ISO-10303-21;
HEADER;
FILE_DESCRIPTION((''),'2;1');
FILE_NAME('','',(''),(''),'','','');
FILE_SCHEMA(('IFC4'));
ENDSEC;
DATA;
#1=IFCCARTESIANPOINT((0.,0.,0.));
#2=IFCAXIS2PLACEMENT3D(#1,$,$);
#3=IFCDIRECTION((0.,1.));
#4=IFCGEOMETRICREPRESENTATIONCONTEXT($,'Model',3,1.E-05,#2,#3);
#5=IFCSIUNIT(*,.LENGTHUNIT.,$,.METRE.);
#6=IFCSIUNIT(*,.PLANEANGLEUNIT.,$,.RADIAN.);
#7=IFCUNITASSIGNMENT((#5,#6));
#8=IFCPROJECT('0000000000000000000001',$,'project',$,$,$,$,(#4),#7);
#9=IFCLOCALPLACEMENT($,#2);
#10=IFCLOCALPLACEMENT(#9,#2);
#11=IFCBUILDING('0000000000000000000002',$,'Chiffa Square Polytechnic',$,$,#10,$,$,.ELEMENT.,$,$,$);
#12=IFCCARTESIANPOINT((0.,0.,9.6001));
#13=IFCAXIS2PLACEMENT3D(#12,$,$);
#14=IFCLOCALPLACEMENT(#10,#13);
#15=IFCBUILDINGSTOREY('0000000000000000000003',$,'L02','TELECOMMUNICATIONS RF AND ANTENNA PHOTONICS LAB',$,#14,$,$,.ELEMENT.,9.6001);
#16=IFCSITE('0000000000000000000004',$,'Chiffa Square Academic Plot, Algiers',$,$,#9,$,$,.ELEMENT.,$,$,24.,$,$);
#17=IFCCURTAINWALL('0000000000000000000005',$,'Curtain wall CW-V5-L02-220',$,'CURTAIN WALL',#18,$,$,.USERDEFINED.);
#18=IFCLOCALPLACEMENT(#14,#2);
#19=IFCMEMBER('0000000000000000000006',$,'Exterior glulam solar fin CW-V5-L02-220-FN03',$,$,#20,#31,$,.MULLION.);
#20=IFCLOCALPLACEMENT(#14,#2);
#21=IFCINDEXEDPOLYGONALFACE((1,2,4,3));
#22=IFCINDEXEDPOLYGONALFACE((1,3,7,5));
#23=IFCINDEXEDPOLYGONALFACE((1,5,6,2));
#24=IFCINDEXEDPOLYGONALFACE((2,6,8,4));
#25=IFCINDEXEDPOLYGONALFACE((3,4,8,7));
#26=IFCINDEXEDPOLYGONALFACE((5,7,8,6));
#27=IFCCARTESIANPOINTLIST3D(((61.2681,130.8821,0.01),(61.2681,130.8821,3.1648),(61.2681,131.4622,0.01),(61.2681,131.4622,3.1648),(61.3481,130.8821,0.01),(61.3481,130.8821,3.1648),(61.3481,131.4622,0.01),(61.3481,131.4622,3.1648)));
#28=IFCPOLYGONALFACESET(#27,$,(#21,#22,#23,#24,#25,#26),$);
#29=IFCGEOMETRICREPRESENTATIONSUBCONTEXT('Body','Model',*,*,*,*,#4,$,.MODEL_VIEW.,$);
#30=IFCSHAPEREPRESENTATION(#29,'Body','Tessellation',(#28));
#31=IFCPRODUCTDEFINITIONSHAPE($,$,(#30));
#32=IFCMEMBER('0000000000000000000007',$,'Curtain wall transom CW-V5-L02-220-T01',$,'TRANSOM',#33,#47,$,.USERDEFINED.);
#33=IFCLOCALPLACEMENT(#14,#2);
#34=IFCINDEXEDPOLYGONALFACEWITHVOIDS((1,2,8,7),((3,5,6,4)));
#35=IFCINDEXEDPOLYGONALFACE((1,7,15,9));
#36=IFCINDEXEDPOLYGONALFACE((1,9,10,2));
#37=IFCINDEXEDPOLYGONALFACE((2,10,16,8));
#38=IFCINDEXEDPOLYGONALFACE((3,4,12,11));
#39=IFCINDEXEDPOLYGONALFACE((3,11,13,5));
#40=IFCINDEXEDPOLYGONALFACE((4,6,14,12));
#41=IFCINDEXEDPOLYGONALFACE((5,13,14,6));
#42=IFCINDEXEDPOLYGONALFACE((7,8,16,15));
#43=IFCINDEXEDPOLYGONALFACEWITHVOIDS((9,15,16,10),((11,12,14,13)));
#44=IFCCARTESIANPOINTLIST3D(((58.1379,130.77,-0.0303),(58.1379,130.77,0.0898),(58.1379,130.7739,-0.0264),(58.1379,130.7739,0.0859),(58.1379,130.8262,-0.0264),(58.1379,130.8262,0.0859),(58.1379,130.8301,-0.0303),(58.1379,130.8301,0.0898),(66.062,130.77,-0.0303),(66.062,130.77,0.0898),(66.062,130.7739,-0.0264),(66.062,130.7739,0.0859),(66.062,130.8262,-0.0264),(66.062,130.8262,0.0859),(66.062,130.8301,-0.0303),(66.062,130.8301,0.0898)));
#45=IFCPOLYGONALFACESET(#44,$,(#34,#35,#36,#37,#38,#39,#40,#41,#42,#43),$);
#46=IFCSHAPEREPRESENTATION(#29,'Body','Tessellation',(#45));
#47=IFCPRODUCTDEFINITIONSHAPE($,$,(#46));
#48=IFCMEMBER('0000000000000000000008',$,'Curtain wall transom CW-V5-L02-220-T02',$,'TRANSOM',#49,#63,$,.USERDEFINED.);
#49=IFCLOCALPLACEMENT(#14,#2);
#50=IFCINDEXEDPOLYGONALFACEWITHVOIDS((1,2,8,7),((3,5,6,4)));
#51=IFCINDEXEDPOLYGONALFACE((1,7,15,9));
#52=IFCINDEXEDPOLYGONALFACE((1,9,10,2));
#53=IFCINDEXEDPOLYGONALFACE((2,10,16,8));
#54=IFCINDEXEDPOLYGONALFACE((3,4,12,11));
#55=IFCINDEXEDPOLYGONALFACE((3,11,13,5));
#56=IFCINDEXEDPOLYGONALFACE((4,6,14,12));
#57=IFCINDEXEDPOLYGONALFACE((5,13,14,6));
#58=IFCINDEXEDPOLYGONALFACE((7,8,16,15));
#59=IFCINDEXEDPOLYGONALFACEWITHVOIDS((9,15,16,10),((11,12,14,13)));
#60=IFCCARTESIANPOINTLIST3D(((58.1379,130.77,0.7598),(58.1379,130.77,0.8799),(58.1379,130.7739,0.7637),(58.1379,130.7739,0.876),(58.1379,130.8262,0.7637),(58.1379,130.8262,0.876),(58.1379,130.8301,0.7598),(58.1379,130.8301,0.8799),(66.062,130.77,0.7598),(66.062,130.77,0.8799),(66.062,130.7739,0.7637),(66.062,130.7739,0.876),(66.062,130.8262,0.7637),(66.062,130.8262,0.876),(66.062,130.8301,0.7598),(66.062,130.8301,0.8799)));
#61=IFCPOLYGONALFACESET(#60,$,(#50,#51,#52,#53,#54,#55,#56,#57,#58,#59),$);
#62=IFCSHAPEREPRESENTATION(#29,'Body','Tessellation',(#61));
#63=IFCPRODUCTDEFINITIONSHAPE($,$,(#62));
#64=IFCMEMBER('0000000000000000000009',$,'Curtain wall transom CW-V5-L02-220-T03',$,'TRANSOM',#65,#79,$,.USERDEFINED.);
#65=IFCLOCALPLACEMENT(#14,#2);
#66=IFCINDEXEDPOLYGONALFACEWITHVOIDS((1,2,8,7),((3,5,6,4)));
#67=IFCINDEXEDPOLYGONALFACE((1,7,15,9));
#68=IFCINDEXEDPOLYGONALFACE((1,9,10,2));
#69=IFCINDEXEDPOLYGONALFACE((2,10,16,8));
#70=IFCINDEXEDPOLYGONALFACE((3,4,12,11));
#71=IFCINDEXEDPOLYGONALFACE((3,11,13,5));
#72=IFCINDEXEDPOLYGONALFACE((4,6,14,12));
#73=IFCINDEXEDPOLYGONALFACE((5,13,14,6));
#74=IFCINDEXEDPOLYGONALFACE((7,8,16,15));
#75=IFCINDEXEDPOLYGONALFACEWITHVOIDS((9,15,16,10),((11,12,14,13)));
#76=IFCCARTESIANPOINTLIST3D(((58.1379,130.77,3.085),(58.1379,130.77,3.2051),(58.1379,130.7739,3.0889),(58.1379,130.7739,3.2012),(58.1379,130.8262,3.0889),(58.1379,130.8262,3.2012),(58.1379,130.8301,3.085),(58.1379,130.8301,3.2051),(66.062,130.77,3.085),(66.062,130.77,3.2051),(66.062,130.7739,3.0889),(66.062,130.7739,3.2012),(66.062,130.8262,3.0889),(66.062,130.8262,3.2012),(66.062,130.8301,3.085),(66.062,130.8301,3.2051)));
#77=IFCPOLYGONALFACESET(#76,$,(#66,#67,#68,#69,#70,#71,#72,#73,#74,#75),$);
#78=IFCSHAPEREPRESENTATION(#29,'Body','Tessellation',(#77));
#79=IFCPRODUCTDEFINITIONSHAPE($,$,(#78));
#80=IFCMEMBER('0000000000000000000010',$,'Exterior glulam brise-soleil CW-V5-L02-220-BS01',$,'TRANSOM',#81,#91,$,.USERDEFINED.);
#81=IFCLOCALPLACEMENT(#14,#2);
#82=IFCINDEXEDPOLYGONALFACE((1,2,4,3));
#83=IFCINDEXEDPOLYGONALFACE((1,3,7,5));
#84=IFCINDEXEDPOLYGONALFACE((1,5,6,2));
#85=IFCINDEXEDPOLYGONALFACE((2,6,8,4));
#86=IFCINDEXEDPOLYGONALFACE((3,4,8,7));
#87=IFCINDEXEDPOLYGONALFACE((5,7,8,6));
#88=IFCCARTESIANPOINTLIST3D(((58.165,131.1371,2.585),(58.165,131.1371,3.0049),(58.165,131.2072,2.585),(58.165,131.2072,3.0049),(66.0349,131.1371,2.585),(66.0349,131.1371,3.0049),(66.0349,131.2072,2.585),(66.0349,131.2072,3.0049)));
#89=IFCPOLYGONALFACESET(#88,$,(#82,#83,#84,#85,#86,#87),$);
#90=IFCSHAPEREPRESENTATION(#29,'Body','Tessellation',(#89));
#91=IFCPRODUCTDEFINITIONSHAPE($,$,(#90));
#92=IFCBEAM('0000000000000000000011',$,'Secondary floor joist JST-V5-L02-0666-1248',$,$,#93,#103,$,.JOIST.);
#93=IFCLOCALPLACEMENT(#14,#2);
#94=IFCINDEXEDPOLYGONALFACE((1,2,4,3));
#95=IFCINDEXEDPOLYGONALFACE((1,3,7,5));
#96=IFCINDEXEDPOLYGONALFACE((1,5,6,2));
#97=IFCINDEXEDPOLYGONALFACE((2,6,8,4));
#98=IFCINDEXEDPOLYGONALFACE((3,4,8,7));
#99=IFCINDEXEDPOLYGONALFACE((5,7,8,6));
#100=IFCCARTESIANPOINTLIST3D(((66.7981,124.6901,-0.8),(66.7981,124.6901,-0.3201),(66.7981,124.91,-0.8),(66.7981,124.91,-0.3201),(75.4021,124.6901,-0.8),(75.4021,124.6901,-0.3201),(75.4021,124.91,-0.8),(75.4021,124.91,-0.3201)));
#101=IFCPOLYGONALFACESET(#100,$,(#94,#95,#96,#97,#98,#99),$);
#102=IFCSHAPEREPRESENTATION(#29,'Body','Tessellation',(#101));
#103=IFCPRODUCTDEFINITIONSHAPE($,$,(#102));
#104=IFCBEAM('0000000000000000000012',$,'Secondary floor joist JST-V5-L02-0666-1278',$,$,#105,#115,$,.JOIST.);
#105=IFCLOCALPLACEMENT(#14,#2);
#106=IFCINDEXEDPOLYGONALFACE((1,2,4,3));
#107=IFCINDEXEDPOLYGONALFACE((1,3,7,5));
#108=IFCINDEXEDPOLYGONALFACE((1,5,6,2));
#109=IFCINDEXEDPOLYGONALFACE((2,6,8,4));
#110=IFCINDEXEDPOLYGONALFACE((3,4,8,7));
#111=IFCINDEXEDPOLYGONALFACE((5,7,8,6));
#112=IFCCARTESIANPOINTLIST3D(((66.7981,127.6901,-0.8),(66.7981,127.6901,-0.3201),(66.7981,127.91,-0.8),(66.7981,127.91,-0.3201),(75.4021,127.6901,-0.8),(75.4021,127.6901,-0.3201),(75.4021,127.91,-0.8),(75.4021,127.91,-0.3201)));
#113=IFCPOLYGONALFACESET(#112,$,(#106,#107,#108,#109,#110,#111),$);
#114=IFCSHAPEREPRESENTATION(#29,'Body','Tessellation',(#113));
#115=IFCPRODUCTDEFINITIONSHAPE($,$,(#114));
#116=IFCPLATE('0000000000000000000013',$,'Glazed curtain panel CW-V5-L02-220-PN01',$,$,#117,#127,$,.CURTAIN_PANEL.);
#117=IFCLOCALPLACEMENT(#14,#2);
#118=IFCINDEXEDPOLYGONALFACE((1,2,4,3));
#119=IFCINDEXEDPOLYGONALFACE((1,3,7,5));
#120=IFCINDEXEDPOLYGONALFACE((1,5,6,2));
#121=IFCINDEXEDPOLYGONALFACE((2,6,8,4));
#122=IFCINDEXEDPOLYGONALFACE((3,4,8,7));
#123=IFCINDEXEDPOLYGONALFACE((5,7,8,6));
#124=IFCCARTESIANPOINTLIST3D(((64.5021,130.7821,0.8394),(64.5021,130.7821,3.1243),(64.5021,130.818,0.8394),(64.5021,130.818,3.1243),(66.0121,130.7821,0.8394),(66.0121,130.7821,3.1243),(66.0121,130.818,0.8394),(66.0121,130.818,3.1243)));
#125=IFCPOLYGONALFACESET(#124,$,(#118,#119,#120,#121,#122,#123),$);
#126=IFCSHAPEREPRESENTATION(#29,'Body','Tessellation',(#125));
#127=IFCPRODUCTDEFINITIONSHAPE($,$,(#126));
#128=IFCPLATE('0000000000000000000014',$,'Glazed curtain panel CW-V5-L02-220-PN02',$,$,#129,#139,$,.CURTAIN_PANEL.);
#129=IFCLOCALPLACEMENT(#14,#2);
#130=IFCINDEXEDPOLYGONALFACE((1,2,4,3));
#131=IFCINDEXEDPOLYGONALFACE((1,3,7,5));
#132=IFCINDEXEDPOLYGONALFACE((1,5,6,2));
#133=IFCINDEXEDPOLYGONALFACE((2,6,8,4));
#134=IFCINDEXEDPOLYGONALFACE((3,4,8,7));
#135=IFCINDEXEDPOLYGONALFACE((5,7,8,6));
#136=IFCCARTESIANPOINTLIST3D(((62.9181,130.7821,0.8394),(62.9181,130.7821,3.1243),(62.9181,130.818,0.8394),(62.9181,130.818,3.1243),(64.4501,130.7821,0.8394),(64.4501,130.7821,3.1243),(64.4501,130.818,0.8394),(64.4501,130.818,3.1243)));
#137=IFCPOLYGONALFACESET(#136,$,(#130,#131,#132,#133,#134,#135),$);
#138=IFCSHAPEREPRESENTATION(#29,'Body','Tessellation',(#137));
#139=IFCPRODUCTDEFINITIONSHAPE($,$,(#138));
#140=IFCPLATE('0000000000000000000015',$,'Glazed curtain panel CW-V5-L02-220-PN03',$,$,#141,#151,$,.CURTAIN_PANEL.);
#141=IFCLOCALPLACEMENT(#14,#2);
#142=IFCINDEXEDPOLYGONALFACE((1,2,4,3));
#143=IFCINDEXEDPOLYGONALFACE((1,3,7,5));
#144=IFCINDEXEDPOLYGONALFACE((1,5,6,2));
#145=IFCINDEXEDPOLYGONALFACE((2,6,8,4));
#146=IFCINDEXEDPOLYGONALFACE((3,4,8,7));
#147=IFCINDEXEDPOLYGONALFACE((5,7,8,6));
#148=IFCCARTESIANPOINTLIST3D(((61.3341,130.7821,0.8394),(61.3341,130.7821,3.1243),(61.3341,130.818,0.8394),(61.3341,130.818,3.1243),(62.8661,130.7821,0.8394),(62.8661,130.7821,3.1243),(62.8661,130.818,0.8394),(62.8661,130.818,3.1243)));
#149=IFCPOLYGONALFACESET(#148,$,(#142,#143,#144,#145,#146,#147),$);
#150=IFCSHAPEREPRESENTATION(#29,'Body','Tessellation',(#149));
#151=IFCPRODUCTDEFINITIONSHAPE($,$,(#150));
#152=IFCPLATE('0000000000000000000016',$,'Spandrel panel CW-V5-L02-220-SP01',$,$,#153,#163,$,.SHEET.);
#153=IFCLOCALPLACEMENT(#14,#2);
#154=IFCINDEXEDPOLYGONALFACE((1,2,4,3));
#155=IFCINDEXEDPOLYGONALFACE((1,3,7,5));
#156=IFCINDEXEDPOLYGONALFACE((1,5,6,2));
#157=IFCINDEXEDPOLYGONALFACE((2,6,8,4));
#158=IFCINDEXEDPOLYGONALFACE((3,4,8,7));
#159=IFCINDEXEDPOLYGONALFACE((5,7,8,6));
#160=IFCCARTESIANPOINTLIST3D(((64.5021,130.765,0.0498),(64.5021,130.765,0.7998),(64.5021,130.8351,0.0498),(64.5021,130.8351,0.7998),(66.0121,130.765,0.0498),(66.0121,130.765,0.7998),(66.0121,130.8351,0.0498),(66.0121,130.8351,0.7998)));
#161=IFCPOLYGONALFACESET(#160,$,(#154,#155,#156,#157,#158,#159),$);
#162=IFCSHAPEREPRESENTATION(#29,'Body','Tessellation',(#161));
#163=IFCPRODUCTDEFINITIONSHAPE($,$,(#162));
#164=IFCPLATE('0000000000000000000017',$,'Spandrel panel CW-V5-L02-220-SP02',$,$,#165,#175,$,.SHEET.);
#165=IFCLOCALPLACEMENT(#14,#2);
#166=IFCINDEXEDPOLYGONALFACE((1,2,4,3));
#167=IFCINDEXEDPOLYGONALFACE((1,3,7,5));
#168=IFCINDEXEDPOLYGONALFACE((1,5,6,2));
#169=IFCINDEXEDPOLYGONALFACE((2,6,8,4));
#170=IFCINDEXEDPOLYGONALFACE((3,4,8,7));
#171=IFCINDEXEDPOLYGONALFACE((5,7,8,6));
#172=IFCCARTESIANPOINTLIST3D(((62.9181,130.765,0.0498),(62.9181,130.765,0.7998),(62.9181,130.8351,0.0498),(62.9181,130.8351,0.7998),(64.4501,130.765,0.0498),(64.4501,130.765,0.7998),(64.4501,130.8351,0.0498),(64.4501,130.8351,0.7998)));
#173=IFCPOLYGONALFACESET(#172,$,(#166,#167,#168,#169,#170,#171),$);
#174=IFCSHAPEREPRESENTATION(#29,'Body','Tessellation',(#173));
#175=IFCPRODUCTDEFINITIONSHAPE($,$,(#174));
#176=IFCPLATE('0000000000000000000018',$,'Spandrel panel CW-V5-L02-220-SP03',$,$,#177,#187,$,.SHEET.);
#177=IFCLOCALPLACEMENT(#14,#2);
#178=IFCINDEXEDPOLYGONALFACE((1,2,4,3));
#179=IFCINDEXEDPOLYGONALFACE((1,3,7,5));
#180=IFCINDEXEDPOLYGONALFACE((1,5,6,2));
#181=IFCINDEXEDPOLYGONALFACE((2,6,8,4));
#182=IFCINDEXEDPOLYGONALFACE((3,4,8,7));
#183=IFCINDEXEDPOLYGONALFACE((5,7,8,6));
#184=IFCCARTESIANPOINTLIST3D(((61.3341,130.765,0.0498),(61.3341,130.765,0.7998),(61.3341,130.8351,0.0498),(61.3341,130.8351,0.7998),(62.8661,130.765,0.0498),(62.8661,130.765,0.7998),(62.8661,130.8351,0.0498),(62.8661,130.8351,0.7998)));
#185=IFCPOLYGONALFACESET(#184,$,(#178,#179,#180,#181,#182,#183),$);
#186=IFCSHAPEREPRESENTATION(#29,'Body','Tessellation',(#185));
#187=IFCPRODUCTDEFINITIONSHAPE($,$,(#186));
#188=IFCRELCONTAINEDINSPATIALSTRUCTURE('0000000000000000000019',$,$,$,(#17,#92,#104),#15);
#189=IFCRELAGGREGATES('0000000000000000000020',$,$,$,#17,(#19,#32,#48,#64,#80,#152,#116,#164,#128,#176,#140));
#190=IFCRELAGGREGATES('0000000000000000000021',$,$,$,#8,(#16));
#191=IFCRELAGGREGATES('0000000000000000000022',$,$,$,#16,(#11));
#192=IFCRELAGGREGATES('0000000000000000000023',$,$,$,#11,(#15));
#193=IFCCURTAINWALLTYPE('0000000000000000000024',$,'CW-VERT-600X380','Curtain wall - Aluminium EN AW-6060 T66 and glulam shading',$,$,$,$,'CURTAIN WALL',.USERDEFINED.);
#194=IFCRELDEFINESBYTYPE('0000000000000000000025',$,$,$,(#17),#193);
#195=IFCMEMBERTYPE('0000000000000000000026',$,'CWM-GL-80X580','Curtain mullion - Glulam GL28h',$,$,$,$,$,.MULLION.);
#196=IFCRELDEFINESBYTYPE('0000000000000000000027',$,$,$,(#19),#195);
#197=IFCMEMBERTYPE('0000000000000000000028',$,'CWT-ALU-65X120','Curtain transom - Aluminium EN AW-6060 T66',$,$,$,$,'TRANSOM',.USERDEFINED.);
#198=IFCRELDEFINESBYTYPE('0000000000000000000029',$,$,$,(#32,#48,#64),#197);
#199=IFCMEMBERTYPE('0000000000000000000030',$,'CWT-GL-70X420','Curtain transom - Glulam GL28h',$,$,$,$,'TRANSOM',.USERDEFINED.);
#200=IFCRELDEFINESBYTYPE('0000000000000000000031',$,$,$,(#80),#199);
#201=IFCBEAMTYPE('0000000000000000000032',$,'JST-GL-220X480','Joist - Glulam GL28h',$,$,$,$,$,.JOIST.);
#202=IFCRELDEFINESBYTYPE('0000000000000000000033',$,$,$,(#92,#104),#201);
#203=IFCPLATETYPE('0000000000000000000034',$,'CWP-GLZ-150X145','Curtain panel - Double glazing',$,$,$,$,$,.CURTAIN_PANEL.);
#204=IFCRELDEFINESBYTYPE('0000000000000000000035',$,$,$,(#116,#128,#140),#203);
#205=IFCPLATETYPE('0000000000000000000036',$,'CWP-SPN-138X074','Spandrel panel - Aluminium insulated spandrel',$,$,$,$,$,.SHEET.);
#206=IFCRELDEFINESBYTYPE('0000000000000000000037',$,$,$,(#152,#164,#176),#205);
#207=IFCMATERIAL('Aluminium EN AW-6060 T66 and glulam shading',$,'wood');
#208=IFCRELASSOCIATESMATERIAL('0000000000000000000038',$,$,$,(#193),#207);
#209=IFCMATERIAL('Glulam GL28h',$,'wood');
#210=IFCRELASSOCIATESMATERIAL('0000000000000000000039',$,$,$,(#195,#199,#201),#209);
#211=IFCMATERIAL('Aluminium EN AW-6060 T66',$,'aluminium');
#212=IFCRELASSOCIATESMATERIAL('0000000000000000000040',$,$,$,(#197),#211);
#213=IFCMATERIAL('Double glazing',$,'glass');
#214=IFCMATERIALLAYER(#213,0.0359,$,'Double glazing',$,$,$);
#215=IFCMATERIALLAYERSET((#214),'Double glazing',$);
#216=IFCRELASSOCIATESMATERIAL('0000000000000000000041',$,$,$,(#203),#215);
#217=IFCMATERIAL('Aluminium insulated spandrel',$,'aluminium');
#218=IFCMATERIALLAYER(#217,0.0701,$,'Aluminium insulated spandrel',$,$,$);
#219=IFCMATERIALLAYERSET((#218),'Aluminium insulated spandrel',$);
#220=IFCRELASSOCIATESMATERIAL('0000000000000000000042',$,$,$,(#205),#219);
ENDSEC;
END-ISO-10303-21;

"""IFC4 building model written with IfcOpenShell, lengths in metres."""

from ifc_helpers import new_model, si_unit, direction, frame, origin, origin_2d, place, context, subcontext, project, spatial, rectangle, hollow_rectangle, extrude, material, layer, layer_set, material_profile, profile_set, type_object, element, aggregate, save


model = new_model("IFC4")

# Units and contexts
model_context = context("Model", 3, precision=1e-05, world=origin(), true_north=direction((0.0, 1.0)))
body_context = subcontext(model_context, "Body", "Model", "MODEL_VIEW")
ifc_project = project(units=[si_unit("LENGTHUNIT", "METRE"), si_unit("PLANEANGLEUNIT", "RADIAN")], contexts=[model_context])

# Site, building, storey
site_placement = place(None, origin())
site = spatial("IfcSite", under=ifc_project, at=site_placement, Name="Chiffa Square Academic Plot, Algiers", CompositionType="ELEMENT", RefElevation=24.0)
building_placement = place(site_placement, origin())
building = spatial("IfcBuilding", under=site, at=building_placement, Name="Chiffa Square Polytechnic", CompositionType="ELEMENT")
storey_placement = place(building_placement, frame((0.0, 0.0, 9.6001)))
storey = spatial("IfcBuildingStorey", under=building, at=storey_placement, Name="L02", Description="TELECOMMUNICATIONS RF AND ANTENNA PHOTONICS LAB", CompositionType="ELEMENT", Elevation=9.6001)

# Curtain wall, members
ifc_material_1 = material(Name="Aluminium EN AW-6060 T66 and glulam shading", Category="wood")
curtain_wall_type = type_object("IfcCurtainWallType", Name="CW-VERT-600X380", Description="Curtain wall - Aluminium EN AW-6060 T66 and glulam shading", ElementType="CURTAIN WALL", PredefinedType="USERDEFINED", material=ifc_material_1)
curtain_wall_placement = place(storey_placement, origin())
curtain_wall = element("IfcCurtainWall", 1, at=curtain_wall_placement, inside=storey, type_object=curtain_wall_type, Name="Curtain wall CW-V5-L02-220", ObjectType="CURTAIN WALL", PredefinedType="USERDEFINED")
ifc_material_2 = material(Name="Aluminium EN AW-6060 T66", Category="aluminium")
ifc_material_3 = material(Name="Glulam GL28h", Category="wood")
ifc_material_profile_1 = material_profile(ifc_material_3, rectangle(XDim=0.0801, YDim=0.5801, at=origin_2d()), Name="GL28h 80x580")
ifc_profile_set_1 = profile_set([ifc_material_profile_1], Name="Glulam GL28h")
member_type_1 = type_object("IfcMemberType", Name="CWM-GL-80X580", Description="Curtain mullion - Glulam GL28h", PredefinedType="MULLION", material=ifc_profile_set_1)
member_1_placement = place(storey_placement, frame((61.3081, 131.1721, 0.01), z_axis=(0.0, 0.0, 1.0), x_axis=(-1.0, 0.0, 0.0)))
member_1 = element("IfcMember", 2, at=member_1_placement, type_object=member_type_1, Name="Exterior glulam solar fin CW-V5-L02-220-FN03", PredefinedType="MULLION", context=body_context, shape_type="SweptSolid", body=[
    extrude(rectangle(XDim=0.0801, YDim=0.5801, at=origin_2d()), origin(), (0.0, 0.0, 1.0), 3.1548),
])
ifc_material_profile_2 = material_profile(ifc_material_2, hollow_rectangle(XDim=0.0601, YDim=0.1201, WallThickness=0.0039, at=origin_2d()), Name="ALU 60x120x4")
ifc_profile_set_2 = profile_set([ifc_material_profile_2], Name="Aluminium EN AW-6060 T66")
member_type_2 = type_object("IfcMemberType", Name="CWT-ALU-65X120", Description="Curtain transom - Aluminium EN AW-6060 T66", ElementType="TRANSOM", PredefinedType="USERDEFINED", material=ifc_profile_set_2)
member_2_placement = place(storey_placement, frame((66.062, 130.8, 0.0298), z_axis=(-1.0, 0.0, 0.0), x_axis=(0.0, -1.0, 0.0)))
member_2 = element("IfcMember", 3, at=member_2_placement, type_object=member_type_2, Name="Curtain wall transom CW-V5-L02-220-T01", ObjectType="TRANSOM", PredefinedType="USERDEFINED", context=body_context, shape_type="SweptSolid", body=[
    extrude(hollow_rectangle(XDim=0.0601, YDim=0.1201, WallThickness=0.0039, at=origin_2d()), origin(), (0.0, 0.0, 1.0), 7.9241),
])
member_3_placement = place(storey_placement, frame((66.062, 130.8, 0.8198), z_axis=(-1.0, 0.0, 0.0), x_axis=(0.0, -1.0, 0.0)))
member_3 = element("IfcMember", 4, at=member_3_placement, type_object=member_type_2, Name="Curtain wall transom CW-V5-L02-220-T02", ObjectType="TRANSOM", PredefinedType="USERDEFINED", context=body_context, shape_type="SweptSolid", body=[
    extrude(hollow_rectangle(XDim=0.0601, YDim=0.1201, WallThickness=0.0039, at=origin_2d()), origin(), (0.0, 0.0, 1.0), 7.9241),
])
member_4_placement = place(storey_placement, frame((66.062, 130.8, 3.145), z_axis=(-1.0, 0.0, 0.0), x_axis=(0.0, -1.0, 0.0)))
member_4 = element("IfcMember", 5, at=member_4_placement, type_object=member_type_2, Name="Curtain wall transom CW-V5-L02-220-T03", ObjectType="TRANSOM", PredefinedType="USERDEFINED", context=body_context, shape_type="SweptSolid", body=[
    extrude(hollow_rectangle(XDim=0.0601, YDim=0.1201, WallThickness=0.0039, at=origin_2d()), origin(), (0.0, 0.0, 1.0), 7.9241),
])
ifc_material_profile_3 = material_profile(ifc_material_3, rectangle(XDim=0.0701, YDim=0.4199, at=origin_2d()), Name="GL28h 70x420")
ifc_profile_set_3 = profile_set([ifc_material_profile_3], Name="Glulam GL28h")
member_type_3 = type_object("IfcMemberType", Name="CWT-GL-70X420", Description="Curtain transom - Glulam GL28h", ElementType="TRANSOM", PredefinedType="USERDEFINED", material=ifc_profile_set_3)
member_5_placement = place(storey_placement, frame((66.0349, 131.1721, 2.7949), z_axis=(-1.0, 0.0, 0.0), x_axis=(0.0, -1.0, 0.0)))
member_5 = element("IfcMember", 6, at=member_5_placement, type_object=member_type_3, Name="Exterior glulam brise-soleil CW-V5-L02-220-BS01", ObjectType="TRANSOM", PredefinedType="USERDEFINED", context=body_context, shape_type="SweptSolid", body=[
    extrude(rectangle(XDim=0.0701, YDim=0.4199, at=origin_2d()), origin(), (0.0, 0.0, 1.0), 7.8699),
])

# Beams
ifc_material_profile_4 = material_profile(ifc_material_3, rectangle(XDim=0.22, YDim=0.48, at=origin_2d()), Name="GL28h 220x480")
ifc_profile_set_4 = profile_set([ifc_material_profile_4], Name="Glulam GL28h")
beam_type_1 = type_object("IfcBeamType", Name="JST-GL-220X480", Description="Joist - Glulam GL28h", PredefinedType="JOIST", material=ifc_profile_set_4)
for number, where, z_axis, x_axis, name in (
    (7, (66.7981, 124.8, -0.5601), (1.0, 0.0, 0.0), (0.0, 1.0, 0.0), "Secondary floor joist JST-V5-L02-0666-1248"),
    (8, (66.7981, 127.8, -0.5601), (1.0, 0.0, 0.0), (0.0, 1.0, 0.0), "Secondary floor joist JST-V5-L02-0666-1278"),
):
    element("IfcBeam", number, at=place(storey_placement, frame(where, z_axis=z_axis, x_axis=x_axis)), inside=storey, type_object=beam_type_1, Name=name, PredefinedType="JOIST", context=body_context, shape_type="SweptSolid", body=[
        extrude(rectangle(XDim=0.22, YDim=0.48, at=origin_2d()), origin(), (0.0, 0.0, 1.0), 8.604),
    ])

# Plates
ifc_material_4 = material(Name="Double glazing", Category="glass")
ifc_layer_1 = layer(ifc_material_4, 0.0359, Name="Double glazing")
ifc_layer_set_1 = layer_set([ifc_layer_1], Name="Double glazing")
plate_type_1 = type_object("IfcPlateType", Name="CWP-GLZ-150X145", Description="Curtain panel - Double glazing", PredefinedType="CURTAIN_PANEL", material=ifc_layer_set_1)
plate_1_placement = place(storey_placement, frame((65.2571, 130.8, 0.8394), z_axis=(0.0, 0.0, 1.0), x_axis=(-1.0, 0.0, 0.0)))
plate_1 = element("IfcPlate", 9, at=plate_1_placement, type_object=plate_type_1, Name="Glazed curtain panel CW-V5-L02-220-PN01", PredefinedType="CURTAIN_PANEL", context=body_context, shape_type="SweptSolid", body=[
    extrude(rectangle(XDim=1.51, YDim=0.0359, at=origin_2d()), origin(), (0.0, 0.0, 1.0), 2.2849),
])
plate_2_placement = place(storey_placement, frame((63.6841, 130.8, 0.8394), z_axis=(0.0, 0.0, 1.0), x_axis=(-1.0, 0.0, 0.0)))
plate_2 = element("IfcPlate", 10, at=plate_2_placement, type_object=plate_type_1, Name="Glazed curtain panel CW-V5-L02-220-PN02", PredefinedType="CURTAIN_PANEL", context=body_context, shape_type="SweptSolid", body=[
    extrude(rectangle(XDim=1.532, YDim=0.0359, at=origin_2d()), origin(), (0.0, 0.0, 1.0), 2.2849),
])
plate_3_placement = place(storey_placement, frame((62.1001, 130.8, 0.8394), z_axis=(0.0, 0.0, 1.0), x_axis=(-1.0, 0.0, 0.0)))
plate_3 = element("IfcPlate", 11, at=plate_3_placement, type_object=plate_type_1, Name="Glazed curtain panel CW-V5-L02-220-PN03", PredefinedType="CURTAIN_PANEL", context=body_context, shape_type="SweptSolid", body=[
    extrude(rectangle(XDim=1.532, YDim=0.0359, at=origin_2d()), origin(), (0.0, 0.0, 1.0), 2.2849),
])
ifc_material_5 = material(Name="Aluminium insulated spandrel", Category="aluminium")
ifc_layer_2 = layer(ifc_material_5, 0.0701, Name="Aluminium insulated spandrel")
ifc_layer_set_2 = layer_set([ifc_layer_2], Name="Aluminium insulated spandrel")
plate_type_2 = type_object("IfcPlateType", Name="CWP-SPN-138X074", Description="Spandrel panel - Aluminium insulated spandrel", PredefinedType="SHEET", material=ifc_layer_set_2)
plate_4_placement = place(storey_placement, frame((65.2571, 130.8, 0.0498), z_axis=(0.0, 0.0, 1.0), x_axis=(-1.0, 0.0, 0.0)))
plate_4 = element("IfcPlate", 12, at=plate_4_placement, type_object=plate_type_2, Name="Spandrel panel CW-V5-L02-220-SP01", PredefinedType="SHEET", context=body_context, shape_type="SweptSolid", body=[
    extrude(rectangle(XDim=1.51, YDim=0.0701, at=origin_2d()), origin(), (0.0, 0.0, 1.0), 0.75),
])
plate_5_placement = place(storey_placement, frame((63.6841, 130.8, 0.0498), z_axis=(0.0, 0.0, 1.0), x_axis=(-1.0, 0.0, 0.0)))
plate_5 = element("IfcPlate", 13, at=plate_5_placement, type_object=plate_type_2, Name="Spandrel panel CW-V5-L02-220-SP02", PredefinedType="SHEET", context=body_context, shape_type="SweptSolid", body=[
    extrude(rectangle(XDim=1.532, YDim=0.0701, at=origin_2d()), origin(), (0.0, 0.0, 1.0), 0.75),
])
plate_6_placement = place(storey_placement, frame((62.1001, 130.8, 0.0498), z_axis=(0.0, 0.0, 1.0), x_axis=(-1.0, 0.0, 0.0)))
plate_6 = element("IfcPlate", 14, at=plate_6_placement, type_object=plate_type_2, Name="Spandrel panel CW-V5-L02-220-SP03", PredefinedType="SHEET", context=body_context, shape_type="SweptSolid", body=[
    extrude(rectangle(XDim=1.532, YDim=0.0701, at=origin_2d()), origin(), (0.0, 0.0, 1.0), 0.75),
])
aggregate(curtain_wall, [member_1, member_2, member_3, member_4, member_5, plate_4, plate_1, plate_5, plate_2, plate_6, plate_3])

save(model, "model.ifc")
